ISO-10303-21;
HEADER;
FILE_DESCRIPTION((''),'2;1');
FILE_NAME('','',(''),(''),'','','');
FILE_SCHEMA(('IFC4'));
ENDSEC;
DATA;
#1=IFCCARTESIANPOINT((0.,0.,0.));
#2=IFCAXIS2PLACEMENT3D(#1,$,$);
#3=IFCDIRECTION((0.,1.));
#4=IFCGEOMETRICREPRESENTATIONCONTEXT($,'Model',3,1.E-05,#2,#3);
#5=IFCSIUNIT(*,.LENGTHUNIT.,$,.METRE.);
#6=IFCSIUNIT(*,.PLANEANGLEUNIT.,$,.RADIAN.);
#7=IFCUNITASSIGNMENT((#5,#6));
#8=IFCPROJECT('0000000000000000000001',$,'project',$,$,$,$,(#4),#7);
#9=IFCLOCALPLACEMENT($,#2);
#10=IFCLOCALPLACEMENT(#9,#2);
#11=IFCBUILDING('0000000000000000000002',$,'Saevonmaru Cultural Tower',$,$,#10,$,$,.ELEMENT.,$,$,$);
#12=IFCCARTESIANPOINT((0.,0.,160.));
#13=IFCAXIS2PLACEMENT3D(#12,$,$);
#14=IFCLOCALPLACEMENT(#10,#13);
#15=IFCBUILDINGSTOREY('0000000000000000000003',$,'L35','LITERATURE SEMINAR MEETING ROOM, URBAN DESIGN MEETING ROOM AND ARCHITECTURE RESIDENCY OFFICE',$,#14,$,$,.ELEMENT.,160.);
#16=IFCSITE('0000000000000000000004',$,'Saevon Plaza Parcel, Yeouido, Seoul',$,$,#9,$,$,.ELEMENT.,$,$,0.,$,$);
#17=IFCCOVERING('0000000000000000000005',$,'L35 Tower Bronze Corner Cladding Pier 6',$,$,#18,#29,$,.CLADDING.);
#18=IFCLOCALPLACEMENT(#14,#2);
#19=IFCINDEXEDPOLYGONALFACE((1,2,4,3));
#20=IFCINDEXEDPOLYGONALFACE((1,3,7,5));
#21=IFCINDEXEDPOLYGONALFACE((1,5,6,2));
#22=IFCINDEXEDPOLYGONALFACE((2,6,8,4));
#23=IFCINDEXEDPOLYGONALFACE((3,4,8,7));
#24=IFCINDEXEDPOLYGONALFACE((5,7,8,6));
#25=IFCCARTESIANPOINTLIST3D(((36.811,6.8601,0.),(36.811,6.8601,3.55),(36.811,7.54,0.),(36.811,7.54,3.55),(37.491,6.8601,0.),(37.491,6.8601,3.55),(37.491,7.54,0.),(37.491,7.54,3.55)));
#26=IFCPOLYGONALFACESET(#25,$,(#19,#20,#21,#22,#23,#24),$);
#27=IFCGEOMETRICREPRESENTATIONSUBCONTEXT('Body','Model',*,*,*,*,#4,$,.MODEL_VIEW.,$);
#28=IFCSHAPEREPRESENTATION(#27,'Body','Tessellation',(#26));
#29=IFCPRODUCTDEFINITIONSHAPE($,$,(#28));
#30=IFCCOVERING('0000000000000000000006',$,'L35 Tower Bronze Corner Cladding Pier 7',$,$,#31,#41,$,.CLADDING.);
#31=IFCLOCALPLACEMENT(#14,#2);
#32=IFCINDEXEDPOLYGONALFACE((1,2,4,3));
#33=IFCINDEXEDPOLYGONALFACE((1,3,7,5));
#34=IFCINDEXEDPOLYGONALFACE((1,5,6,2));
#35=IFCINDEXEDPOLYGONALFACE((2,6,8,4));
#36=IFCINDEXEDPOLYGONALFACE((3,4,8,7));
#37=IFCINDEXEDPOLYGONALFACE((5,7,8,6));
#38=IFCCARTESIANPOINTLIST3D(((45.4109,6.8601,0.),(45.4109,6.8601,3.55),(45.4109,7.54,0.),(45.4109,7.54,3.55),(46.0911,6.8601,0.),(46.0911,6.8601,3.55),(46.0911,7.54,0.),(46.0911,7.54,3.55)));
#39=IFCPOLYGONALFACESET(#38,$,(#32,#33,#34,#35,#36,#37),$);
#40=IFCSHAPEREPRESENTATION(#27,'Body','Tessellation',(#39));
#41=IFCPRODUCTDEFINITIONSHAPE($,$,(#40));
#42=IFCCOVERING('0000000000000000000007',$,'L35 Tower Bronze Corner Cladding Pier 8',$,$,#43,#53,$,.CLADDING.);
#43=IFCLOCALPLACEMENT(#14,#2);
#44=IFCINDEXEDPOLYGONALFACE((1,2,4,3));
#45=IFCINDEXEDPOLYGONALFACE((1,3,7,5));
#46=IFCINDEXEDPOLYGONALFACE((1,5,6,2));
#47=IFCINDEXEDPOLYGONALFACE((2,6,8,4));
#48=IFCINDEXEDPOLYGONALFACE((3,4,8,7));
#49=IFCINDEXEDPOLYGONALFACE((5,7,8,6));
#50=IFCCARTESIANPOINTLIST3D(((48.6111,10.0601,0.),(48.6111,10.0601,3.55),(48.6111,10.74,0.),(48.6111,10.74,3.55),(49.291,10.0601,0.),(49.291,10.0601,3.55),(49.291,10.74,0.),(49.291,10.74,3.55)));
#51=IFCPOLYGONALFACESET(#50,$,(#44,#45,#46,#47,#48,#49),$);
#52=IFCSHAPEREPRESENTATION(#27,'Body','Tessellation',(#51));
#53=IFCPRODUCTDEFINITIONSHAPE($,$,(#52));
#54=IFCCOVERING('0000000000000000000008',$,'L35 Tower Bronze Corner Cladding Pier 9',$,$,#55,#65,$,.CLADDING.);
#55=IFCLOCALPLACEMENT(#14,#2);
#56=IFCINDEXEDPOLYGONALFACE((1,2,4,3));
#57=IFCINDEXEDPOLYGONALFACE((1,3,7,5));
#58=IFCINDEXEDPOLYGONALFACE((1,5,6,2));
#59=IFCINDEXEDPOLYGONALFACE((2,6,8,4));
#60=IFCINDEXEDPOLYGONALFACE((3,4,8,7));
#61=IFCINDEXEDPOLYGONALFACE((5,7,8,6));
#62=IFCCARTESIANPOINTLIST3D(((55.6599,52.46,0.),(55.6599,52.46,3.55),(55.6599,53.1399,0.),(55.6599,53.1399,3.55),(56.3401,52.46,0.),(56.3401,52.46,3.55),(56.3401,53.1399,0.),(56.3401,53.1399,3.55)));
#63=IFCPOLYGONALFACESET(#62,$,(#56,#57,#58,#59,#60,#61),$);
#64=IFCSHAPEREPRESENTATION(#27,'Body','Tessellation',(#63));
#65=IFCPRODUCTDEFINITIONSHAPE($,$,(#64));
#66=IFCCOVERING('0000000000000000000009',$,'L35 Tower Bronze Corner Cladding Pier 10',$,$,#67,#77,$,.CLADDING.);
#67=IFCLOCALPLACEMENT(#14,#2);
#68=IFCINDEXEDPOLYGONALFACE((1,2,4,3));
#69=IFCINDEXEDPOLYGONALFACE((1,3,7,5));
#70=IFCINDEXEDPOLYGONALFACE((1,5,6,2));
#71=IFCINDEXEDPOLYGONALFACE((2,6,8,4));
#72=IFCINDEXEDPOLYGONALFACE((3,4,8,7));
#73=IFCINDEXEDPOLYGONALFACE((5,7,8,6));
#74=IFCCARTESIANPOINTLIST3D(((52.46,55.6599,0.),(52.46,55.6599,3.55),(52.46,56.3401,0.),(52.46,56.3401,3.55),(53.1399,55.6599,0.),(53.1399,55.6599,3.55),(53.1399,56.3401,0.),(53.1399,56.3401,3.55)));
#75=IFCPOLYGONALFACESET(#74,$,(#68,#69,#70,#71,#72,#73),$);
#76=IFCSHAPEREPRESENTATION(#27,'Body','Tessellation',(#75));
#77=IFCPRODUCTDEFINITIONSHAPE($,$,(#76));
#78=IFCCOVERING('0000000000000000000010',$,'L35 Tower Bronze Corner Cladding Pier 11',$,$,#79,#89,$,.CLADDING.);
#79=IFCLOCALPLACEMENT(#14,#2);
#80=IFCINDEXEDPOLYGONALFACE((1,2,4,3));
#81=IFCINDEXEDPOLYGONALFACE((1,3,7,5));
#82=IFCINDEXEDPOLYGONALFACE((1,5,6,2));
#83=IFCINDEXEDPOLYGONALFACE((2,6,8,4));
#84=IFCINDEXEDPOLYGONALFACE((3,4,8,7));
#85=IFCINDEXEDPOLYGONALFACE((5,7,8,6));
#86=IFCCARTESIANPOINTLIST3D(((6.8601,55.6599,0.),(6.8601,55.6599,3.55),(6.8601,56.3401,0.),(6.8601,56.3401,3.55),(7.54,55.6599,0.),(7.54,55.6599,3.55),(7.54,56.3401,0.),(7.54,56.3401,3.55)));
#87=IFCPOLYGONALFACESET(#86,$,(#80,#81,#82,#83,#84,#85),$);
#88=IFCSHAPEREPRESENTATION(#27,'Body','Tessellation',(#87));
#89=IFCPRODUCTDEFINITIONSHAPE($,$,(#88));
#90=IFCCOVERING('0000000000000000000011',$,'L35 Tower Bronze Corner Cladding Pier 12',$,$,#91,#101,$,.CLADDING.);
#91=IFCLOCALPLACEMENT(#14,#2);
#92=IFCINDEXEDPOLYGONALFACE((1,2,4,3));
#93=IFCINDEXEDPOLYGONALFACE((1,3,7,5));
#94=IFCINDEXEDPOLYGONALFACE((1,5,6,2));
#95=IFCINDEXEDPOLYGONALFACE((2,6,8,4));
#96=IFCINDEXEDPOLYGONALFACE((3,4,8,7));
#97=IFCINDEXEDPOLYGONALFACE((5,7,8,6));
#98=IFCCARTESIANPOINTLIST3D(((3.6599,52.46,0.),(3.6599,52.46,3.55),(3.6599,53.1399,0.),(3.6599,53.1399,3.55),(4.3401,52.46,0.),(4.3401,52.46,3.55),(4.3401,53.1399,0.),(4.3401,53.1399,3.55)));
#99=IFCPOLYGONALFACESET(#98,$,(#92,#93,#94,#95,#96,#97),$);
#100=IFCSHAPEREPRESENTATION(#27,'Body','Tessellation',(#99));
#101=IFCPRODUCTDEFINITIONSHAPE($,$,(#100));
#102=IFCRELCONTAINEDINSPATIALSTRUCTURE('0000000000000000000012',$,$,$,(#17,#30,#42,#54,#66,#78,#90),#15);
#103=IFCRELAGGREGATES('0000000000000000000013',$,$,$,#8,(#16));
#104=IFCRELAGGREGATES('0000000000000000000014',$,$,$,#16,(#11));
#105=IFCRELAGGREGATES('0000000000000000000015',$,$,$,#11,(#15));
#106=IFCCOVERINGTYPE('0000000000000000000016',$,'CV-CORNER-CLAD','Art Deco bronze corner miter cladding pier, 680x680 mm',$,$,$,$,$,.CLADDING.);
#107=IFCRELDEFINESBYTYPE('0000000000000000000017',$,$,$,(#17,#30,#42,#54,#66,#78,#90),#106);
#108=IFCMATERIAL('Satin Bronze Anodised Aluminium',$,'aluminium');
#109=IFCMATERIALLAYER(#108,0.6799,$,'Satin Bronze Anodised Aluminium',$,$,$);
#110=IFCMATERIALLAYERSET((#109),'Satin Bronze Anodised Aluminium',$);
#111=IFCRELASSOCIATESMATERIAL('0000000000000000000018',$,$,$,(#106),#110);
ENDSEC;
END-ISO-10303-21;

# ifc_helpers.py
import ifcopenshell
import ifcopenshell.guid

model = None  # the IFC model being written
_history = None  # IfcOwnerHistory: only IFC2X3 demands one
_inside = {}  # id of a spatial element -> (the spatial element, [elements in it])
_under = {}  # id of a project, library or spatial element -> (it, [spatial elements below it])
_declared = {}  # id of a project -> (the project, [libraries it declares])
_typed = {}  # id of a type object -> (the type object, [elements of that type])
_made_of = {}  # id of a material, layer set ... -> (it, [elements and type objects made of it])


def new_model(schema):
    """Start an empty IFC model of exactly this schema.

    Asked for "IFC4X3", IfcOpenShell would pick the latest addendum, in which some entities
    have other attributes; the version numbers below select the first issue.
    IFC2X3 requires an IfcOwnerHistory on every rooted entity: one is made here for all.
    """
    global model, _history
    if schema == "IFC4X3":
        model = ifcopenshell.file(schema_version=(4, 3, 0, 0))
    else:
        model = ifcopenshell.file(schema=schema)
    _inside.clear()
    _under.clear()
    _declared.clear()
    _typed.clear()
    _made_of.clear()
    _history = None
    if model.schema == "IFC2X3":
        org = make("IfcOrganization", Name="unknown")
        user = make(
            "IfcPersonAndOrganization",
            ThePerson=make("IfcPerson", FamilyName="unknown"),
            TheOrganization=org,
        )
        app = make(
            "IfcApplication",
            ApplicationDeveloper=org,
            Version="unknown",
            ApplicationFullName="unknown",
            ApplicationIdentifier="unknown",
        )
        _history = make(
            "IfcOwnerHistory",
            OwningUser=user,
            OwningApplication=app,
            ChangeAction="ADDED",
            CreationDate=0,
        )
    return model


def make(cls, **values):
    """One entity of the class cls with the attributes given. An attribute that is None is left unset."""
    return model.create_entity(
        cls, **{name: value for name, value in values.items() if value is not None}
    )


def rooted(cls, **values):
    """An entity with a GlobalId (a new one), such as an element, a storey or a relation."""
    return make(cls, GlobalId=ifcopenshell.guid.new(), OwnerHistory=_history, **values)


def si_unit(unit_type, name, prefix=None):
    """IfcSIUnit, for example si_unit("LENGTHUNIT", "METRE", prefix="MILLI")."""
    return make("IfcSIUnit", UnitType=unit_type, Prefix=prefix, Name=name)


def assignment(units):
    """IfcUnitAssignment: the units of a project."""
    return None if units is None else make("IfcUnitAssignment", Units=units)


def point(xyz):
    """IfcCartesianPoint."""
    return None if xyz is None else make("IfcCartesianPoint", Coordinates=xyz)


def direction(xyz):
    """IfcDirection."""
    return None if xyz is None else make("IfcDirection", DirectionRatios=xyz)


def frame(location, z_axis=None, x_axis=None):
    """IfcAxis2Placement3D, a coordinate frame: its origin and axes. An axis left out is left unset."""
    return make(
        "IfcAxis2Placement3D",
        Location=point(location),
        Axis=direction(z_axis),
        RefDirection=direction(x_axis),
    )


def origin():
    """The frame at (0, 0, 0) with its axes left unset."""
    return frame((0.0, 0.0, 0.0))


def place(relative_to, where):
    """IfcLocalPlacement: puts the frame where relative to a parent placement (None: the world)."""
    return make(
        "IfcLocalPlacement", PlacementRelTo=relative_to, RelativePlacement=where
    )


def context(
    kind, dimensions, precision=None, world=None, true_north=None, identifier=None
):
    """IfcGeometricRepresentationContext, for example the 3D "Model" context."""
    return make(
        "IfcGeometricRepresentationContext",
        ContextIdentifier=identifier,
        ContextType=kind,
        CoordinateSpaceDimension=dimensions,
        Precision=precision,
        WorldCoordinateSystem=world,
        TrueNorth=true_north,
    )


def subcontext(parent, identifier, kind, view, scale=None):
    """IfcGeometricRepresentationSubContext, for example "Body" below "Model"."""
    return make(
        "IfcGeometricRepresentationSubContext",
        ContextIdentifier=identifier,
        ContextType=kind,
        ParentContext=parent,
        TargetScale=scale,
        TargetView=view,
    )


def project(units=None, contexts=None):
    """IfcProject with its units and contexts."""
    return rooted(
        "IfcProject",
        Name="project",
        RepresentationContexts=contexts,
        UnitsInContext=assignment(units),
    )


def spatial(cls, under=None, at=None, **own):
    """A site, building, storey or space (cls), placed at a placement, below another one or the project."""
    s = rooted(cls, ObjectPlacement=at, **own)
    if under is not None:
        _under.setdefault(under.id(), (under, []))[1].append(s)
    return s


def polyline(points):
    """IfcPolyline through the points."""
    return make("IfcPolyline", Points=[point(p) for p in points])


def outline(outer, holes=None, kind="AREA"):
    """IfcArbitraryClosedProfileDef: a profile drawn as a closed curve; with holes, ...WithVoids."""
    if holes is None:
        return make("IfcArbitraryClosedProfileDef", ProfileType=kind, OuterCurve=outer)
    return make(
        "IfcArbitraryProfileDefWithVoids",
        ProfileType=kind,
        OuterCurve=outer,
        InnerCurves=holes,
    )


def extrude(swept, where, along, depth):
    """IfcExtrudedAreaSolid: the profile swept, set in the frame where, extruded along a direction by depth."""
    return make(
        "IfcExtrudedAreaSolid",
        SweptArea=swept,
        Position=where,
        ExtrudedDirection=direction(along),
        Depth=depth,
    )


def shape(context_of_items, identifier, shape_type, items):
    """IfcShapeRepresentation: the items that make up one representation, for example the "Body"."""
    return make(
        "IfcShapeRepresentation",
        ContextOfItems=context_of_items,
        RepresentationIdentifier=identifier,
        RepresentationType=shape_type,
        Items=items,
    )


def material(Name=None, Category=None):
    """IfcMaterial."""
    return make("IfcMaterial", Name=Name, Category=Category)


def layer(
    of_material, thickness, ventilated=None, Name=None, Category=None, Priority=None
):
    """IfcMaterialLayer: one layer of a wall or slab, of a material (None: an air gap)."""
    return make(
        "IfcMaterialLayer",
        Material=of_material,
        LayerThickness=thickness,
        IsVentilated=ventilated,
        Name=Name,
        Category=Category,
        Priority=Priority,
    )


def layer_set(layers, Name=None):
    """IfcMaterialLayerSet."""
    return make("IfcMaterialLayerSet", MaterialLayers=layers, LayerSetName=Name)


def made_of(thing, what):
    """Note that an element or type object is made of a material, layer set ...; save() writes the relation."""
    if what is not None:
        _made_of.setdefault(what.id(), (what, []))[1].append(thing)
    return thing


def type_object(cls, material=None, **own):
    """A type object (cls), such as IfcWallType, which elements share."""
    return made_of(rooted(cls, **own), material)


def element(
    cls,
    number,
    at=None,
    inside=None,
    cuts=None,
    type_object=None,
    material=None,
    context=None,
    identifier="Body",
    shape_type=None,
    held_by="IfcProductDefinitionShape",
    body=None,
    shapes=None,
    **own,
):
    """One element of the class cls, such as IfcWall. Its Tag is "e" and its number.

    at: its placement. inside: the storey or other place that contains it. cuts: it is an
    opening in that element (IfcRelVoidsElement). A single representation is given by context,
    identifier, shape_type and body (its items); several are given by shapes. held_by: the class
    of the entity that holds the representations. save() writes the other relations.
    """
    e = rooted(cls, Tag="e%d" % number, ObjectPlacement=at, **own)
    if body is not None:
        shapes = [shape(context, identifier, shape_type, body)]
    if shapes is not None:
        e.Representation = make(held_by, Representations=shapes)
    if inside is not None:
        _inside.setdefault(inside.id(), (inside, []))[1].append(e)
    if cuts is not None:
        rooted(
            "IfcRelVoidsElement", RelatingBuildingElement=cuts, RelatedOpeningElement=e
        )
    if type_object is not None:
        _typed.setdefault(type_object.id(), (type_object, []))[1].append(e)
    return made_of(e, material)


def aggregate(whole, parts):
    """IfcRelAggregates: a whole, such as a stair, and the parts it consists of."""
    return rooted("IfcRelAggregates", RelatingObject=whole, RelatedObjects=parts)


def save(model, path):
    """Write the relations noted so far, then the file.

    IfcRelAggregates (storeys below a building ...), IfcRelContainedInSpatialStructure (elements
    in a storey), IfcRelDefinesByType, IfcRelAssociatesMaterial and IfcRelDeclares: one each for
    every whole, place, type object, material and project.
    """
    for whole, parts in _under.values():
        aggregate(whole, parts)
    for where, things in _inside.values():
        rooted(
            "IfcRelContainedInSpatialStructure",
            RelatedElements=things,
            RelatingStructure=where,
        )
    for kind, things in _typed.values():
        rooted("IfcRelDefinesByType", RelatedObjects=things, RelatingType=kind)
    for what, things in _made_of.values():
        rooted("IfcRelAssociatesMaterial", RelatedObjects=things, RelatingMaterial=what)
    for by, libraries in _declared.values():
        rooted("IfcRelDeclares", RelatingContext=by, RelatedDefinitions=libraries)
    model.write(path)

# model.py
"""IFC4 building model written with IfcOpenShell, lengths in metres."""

from ifc_helpers import new_model, si_unit, direction, frame, origin, place, context, subcontext, project, spatial, polyline, outline, extrude, material, layer, layer_set, type_object, element, save


model = new_model("IFC4")

# Units and contexts
model_context = context("Model", 3, precision=1e-05, world=origin(), true_north=direction((0.0, 1.0)))
body_context = subcontext(model_context, "Body", "Model", "MODEL_VIEW")
ifc_project = project(units=[si_unit("LENGTHUNIT", "METRE"), si_unit("PLANEANGLEUNIT", "RADIAN")], contexts=[model_context])

# Site, building, storey
site_placement = place(None, origin())
site = spatial("IfcSite", under=ifc_project, at=site_placement, Name="Saevon Plaza Parcel, Yeouido, Seoul", CompositionType="ELEMENT", RefElevation=0.0)
building_placement = place(site_placement, origin())
building = spatial("IfcBuilding", under=site, at=building_placement, Name="Saevonmaru Cultural Tower", CompositionType="ELEMENT")
storey_placement = place(building_placement, frame((0.0, 0.0, 160.0)))
storey = spatial("IfcBuildingStorey", under=building, at=storey_placement, Name="L35", Description="LITERATURE SEMINAR MEETING ROOM, URBAN DESIGN MEETING ROOM AND ARCHITECTURE RESIDENCY OFFICE", CompositionType="ELEMENT", Elevation=160.0)

# Shared definitions
ifc_material_1 = material(Name="Satin Bronze Anodised Aluminium", Category="aluminium")

# Coverings
ifc_layer_1 = layer(ifc_material_1, 0.6799, Name="Satin Bronze Anodised Aluminium")
ifc_layer_set_1 = layer_set([ifc_layer_1], Name="Satin Bronze Anodised Aluminium")
covering_type = type_object("IfcCoveringType", Name="CV-CORNER-CLAD", Description="Art Deco bronze corner miter cladding pier, 680x680 mm", PredefinedType="CLADDING", material=ifc_layer_set_1)
covering_1_placement = place(storey_placement, origin())
element("IfcCovering", 1, at=covering_1_placement, inside=storey, type_object=covering_type, Name="L35 Tower Bronze Corner Cladding Pier 6", PredefinedType="CLADDING", context=body_context, shape_type="SweptSolid", body=[
    extrude(outline(polyline([(36.811, 6.8601), (37.491, 6.8601), (37.491, 7.54), (36.811, 7.54), (36.811, 6.8601)])), origin(), (0.0, 0.0, 1.0), 3.55),
])
covering_2_placement = place(storey_placement, origin())
element("IfcCovering", 2, at=covering_2_placement, inside=storey, type_object=covering_type, Name="L35 Tower Bronze Corner Cladding Pier 7", PredefinedType="CLADDING", context=body_context, shape_type="SweptSolid", body=[
    extrude(outline(polyline([(45.4109, 6.8601), (46.0911, 6.8601), (46.0911, 7.54), (45.4109, 7.54), (45.4109, 6.8601)])), origin(), (0.0, 0.0, 1.0), 3.55),
])
covering_3_placement = place(storey_placement, origin())
element("IfcCovering", 3, at=covering_3_placement, inside=storey, type_object=covering_type, Name="L35 Tower Bronze Corner Cladding Pier 8", PredefinedType="CLADDING", context=body_context, shape_type="SweptSolid", body=[
    extrude(outline(polyline([(48.6111, 10.0601), (49.291, 10.0601), (49.291, 10.74), (48.6111, 10.74), (48.6111, 10.0601)])), origin(), (0.0, 0.0, 1.0), 3.55),
])
covering_4_placement = place(storey_placement, origin())
element("IfcCovering", 4, at=covering_4_placement, inside=storey, type_object=covering_type, Name="L35 Tower Bronze Corner Cladding Pier 9", PredefinedType="CLADDING", context=body_context, shape_type="SweptSolid", body=[
    extrude(outline(polyline([(55.6599, 52.46), (56.3401, 52.46), (56.3401, 53.1399), (55.6599, 53.1399), (55.6599, 52.46)])), origin(), (0.0, 0.0, 1.0), 3.55),
])
covering_5_placement = place(storey_placement, origin())
element("IfcCovering", 5, at=covering_5_placement, inside=storey, type_object=covering_type, Name="L35 Tower Bronze Corner Cladding Pier 10", PredefinedType="CLADDING", context=body_context, shape_type="SweptSolid", body=[
    extrude(outline(polyline([(52.46, 55.6599), (53.1399, 55.6599), (53.1399, 56.3401), (52.46, 56.3401), (52.46, 55.6599)])), origin(), (0.0, 0.0, 1.0), 3.55),
])
covering_6_placement = place(storey_placement, origin())
element("IfcCovering", 6, at=covering_6_placement, inside=storey, type_object=covering_type, Name="L35 Tower Bronze Corner Cladding Pier 11", PredefinedType="CLADDING", context=body_context, shape_type="SweptSolid", body=[
    extrude(outline(polyline([(6.8601, 55.6599), (7.54, 55.6599), (7.54, 56.3401), (6.8601, 56.3401), (6.8601, 55.6599)])), origin(), (0.0, 0.0, 1.0), 3.55),
])
covering_7_placement = place(storey_placement, origin())
element("IfcCovering", 7, at=covering_7_placement, inside=storey, type_object=covering_type, Name="L35 Tower Bronze Corner Cladding Pier 12", PredefinedType="CLADDING", context=body_context, shape_type="SweptSolid", body=[
    extrude(outline(polyline([(3.6599, 52.46), (4.3401, 52.46), (4.3401, 53.1399), (3.6599, 53.1399), (3.6599, 52.46)])), origin(), (0.0, 0.0, 1.0), 3.55),
])

save(model, "model.ifc")
